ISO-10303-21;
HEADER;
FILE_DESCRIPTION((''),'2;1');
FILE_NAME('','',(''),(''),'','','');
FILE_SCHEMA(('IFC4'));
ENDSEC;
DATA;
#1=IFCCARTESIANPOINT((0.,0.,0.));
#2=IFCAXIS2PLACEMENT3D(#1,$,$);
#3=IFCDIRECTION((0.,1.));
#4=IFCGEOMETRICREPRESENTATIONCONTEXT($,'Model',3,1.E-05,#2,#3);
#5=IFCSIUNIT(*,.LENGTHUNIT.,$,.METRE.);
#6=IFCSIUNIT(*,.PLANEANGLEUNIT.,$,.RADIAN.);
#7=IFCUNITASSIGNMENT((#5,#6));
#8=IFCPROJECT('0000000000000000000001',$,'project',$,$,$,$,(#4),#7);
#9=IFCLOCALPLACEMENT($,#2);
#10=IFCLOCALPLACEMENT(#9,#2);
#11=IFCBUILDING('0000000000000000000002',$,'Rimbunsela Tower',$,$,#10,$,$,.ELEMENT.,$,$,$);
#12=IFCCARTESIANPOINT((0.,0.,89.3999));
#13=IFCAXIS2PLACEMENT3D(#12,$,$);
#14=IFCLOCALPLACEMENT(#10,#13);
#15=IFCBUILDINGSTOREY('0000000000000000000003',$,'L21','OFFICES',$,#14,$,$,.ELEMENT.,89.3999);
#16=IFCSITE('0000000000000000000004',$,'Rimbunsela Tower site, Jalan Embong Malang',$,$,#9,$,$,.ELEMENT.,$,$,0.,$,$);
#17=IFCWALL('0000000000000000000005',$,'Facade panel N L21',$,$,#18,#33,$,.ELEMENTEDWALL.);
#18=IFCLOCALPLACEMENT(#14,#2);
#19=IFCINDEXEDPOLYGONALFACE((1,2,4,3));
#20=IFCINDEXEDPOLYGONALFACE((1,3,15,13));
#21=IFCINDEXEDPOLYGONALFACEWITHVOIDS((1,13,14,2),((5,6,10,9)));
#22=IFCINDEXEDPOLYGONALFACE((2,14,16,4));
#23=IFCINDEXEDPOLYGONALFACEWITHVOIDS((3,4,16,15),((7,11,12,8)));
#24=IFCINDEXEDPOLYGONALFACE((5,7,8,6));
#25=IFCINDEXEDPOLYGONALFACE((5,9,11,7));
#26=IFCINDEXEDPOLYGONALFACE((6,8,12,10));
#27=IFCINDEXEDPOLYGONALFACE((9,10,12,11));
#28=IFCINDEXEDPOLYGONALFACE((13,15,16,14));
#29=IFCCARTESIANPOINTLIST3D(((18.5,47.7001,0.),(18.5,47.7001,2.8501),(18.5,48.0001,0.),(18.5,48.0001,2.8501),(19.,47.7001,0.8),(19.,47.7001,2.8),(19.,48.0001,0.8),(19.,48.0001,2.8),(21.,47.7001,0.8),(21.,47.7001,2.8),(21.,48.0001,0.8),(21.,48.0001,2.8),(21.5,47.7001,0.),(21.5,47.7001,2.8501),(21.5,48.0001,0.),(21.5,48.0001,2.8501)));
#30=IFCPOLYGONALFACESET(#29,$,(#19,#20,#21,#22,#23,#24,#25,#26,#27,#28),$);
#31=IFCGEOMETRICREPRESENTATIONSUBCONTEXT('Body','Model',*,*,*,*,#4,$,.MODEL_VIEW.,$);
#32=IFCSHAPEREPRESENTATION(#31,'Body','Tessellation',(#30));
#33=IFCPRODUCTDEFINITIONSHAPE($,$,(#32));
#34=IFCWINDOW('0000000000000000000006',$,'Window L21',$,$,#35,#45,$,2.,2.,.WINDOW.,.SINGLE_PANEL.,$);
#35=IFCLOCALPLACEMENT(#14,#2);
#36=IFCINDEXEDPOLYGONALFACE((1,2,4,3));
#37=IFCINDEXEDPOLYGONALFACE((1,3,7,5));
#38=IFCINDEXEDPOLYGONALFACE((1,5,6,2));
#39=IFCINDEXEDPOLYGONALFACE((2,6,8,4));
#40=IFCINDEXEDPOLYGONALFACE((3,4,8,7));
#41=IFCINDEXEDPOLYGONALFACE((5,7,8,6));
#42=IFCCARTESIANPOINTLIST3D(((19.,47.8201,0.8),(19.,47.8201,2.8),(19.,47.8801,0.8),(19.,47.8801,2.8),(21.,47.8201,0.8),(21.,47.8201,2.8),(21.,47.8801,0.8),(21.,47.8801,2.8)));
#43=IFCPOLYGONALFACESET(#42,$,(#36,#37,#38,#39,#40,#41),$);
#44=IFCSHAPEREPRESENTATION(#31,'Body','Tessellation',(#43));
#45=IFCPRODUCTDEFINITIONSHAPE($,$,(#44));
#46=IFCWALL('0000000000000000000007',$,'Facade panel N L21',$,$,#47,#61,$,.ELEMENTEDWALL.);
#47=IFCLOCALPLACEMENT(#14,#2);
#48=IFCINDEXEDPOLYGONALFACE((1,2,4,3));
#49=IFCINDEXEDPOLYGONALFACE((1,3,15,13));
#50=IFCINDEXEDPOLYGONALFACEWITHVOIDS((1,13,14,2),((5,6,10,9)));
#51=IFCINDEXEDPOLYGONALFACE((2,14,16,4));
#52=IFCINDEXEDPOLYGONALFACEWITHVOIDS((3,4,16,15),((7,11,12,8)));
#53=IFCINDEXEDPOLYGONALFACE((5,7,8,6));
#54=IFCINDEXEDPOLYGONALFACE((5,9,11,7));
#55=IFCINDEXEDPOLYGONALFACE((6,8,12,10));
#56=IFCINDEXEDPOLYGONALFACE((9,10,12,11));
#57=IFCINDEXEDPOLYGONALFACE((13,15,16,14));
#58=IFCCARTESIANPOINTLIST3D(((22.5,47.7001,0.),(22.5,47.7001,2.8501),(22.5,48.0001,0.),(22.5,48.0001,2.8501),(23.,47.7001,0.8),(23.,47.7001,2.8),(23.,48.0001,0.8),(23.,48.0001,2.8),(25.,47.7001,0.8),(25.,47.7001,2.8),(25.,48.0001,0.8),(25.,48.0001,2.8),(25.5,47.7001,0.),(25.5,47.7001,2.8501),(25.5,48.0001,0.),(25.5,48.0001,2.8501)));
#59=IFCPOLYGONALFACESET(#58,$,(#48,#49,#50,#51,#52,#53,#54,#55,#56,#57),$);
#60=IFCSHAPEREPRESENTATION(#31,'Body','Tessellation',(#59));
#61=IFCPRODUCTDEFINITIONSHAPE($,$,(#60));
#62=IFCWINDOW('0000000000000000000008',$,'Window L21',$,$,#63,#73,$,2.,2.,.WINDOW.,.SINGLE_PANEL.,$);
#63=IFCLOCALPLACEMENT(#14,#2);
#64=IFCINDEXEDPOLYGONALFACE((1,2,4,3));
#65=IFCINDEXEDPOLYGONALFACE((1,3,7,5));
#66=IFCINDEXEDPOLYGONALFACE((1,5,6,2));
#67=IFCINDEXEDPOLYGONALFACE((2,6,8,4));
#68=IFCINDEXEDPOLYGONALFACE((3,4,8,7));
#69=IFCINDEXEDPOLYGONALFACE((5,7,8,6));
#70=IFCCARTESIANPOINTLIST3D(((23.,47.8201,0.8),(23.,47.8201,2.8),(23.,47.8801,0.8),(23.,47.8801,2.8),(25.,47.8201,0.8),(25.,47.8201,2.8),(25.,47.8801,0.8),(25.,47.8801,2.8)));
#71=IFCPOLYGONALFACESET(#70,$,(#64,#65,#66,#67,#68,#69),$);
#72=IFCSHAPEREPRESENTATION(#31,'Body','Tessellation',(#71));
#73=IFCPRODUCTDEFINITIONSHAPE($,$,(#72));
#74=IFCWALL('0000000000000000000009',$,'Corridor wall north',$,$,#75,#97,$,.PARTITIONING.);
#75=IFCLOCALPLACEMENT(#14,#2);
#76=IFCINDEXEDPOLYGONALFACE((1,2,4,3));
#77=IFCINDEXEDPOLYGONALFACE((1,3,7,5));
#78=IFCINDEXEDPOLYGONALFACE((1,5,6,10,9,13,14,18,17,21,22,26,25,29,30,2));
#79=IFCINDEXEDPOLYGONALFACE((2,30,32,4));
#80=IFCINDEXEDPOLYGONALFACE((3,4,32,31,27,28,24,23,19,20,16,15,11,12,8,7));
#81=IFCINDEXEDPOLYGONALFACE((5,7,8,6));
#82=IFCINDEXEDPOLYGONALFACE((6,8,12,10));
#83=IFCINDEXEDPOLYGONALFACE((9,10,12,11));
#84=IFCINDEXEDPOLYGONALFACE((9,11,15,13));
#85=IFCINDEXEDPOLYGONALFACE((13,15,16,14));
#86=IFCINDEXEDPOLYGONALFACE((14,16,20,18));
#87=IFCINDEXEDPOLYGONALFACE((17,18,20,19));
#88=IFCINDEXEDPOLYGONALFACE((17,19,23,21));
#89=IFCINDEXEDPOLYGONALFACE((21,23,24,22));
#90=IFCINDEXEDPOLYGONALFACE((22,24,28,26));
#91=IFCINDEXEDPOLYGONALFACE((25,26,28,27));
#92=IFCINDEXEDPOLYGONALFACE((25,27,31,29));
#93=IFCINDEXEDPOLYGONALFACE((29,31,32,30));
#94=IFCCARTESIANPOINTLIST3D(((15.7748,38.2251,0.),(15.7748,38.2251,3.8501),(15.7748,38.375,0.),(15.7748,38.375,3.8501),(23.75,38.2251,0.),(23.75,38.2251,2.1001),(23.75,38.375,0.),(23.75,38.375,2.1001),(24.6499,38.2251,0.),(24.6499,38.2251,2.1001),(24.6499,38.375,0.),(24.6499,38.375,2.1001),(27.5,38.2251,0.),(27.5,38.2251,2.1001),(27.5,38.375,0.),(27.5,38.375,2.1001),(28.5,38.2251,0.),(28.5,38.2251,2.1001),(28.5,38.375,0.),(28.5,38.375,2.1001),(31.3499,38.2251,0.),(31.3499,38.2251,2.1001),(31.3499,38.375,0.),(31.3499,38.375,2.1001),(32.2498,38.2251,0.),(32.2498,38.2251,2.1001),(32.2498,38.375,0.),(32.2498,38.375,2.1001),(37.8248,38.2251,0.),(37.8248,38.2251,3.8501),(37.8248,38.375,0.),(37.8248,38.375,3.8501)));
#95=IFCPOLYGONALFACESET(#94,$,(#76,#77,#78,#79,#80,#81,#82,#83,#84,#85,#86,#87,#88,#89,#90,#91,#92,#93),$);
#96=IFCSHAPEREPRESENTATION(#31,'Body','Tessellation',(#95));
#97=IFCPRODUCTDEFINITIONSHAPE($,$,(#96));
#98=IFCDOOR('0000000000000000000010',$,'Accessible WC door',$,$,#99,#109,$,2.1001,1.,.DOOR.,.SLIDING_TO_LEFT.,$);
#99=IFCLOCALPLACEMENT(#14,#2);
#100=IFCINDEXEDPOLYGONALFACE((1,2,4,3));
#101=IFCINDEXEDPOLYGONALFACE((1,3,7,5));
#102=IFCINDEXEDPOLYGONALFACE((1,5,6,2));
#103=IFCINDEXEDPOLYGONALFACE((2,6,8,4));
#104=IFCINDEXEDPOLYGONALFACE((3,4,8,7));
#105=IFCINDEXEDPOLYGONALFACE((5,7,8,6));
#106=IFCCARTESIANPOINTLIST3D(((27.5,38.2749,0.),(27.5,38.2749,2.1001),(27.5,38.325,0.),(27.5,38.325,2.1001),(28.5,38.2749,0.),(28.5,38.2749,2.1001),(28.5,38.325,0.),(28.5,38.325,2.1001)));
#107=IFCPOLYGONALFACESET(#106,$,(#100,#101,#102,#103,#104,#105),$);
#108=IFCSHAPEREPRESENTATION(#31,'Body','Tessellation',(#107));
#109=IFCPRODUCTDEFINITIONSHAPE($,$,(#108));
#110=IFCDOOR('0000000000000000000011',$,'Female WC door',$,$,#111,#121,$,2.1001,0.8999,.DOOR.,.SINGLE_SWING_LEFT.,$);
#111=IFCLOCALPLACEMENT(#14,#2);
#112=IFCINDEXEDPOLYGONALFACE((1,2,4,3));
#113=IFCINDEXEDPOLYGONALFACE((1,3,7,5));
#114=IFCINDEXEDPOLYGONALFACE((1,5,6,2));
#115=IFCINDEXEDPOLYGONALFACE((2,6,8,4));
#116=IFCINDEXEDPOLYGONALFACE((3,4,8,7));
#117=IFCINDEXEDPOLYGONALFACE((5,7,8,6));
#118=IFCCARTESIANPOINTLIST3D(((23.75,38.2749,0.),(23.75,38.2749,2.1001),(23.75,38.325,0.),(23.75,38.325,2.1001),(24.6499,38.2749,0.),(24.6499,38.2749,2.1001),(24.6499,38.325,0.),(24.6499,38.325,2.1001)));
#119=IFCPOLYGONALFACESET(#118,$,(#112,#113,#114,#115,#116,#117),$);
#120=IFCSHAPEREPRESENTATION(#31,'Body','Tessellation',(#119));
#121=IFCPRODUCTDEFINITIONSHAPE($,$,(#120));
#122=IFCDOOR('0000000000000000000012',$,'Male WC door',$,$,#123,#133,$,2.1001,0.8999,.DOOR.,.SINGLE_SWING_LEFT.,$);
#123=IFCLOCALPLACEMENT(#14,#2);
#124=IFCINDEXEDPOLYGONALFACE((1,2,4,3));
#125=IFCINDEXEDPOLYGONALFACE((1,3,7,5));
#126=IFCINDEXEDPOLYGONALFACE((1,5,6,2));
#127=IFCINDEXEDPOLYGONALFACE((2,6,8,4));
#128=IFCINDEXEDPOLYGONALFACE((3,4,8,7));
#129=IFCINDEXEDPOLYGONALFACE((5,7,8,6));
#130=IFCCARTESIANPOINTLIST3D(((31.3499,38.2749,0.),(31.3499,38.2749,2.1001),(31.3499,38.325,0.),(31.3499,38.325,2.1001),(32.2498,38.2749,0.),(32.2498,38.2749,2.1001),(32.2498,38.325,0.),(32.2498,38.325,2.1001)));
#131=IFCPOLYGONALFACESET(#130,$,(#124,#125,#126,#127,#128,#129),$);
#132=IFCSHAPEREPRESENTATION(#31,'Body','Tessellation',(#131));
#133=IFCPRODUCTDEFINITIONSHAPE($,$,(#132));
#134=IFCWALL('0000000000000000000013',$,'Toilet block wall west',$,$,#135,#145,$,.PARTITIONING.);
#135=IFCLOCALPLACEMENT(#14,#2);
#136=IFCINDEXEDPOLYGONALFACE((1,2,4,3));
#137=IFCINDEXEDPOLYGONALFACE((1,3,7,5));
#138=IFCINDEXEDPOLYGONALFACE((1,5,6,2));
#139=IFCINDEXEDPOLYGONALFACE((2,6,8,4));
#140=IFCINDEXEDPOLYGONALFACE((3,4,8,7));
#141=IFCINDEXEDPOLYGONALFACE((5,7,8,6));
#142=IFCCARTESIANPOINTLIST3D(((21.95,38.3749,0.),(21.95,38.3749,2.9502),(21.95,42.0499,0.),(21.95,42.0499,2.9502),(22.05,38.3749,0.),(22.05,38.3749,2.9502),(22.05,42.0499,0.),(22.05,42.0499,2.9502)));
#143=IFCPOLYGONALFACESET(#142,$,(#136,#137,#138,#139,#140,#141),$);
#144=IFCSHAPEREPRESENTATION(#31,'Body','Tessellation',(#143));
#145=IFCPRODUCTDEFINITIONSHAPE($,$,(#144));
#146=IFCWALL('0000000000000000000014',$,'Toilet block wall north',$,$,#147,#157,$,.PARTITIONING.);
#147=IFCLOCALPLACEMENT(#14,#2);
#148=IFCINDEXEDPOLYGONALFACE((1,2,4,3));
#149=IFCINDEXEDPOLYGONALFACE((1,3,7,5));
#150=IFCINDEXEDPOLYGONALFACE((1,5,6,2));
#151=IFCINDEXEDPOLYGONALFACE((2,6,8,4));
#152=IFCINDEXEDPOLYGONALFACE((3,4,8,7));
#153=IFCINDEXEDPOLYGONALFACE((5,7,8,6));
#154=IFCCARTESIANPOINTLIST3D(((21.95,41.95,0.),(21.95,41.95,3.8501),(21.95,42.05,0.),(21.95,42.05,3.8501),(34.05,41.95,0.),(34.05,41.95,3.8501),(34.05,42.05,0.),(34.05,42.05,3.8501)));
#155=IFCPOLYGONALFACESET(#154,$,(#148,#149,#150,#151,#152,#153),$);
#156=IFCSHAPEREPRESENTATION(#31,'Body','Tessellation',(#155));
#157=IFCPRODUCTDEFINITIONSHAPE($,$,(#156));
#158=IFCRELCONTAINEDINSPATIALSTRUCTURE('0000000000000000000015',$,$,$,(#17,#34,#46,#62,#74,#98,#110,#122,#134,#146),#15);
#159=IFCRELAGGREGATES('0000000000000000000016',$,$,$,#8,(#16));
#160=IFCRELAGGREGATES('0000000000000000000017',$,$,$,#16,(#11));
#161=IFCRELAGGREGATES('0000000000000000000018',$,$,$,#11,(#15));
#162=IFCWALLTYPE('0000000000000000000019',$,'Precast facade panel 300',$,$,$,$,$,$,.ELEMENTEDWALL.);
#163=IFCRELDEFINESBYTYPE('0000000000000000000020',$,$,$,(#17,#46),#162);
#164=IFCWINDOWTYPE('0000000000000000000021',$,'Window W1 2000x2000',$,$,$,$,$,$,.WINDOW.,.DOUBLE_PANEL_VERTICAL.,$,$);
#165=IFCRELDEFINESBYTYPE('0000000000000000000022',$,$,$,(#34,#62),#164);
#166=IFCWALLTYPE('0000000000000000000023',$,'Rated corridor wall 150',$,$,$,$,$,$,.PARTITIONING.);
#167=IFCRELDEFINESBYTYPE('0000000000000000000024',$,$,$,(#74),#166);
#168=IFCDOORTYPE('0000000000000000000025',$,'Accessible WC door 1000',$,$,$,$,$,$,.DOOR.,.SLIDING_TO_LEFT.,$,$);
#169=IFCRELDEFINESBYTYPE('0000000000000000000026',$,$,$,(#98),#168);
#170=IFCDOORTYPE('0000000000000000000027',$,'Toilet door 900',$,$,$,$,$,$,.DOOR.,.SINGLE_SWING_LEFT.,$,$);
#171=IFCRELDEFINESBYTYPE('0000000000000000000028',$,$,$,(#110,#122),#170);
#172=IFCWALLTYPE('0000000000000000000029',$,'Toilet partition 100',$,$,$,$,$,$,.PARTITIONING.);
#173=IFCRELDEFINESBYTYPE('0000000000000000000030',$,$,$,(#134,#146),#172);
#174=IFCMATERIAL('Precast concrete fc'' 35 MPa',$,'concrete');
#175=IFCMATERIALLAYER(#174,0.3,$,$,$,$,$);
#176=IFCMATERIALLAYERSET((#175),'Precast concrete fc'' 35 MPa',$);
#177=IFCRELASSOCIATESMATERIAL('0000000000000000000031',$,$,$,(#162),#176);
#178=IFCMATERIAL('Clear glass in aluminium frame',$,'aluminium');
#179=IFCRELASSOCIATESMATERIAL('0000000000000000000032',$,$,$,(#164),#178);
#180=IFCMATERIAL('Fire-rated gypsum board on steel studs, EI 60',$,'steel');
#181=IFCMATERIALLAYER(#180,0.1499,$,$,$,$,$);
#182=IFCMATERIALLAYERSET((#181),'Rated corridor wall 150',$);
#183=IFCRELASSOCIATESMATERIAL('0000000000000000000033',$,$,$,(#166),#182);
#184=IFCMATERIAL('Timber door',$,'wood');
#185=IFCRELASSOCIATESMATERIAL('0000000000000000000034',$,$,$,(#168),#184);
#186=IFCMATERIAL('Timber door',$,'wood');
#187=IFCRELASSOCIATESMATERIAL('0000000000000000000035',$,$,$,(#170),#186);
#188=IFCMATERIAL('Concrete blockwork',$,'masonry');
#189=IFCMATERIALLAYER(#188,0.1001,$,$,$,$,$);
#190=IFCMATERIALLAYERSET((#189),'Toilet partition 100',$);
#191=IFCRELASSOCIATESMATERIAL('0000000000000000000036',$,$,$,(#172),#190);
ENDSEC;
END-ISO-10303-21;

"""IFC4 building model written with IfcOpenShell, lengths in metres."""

from ifc_helpers import new_model, si_unit, direction, frame, frame_2d, origin, place, context, subcontext, project, spatial, rectangle, extrude, material, layer, layer_set, type_object, element, fill, save


model = new_model("IFC4")

# Units and contexts
model_context = context("Model", 3, precision=1e-05, world=origin(), true_north=direction((0.0, 1.0)))
body_context = subcontext(model_context, "Body", "Model", "MODEL_VIEW")
ifc_project = project(units=[si_unit("LENGTHUNIT", "METRE"), si_unit("PLANEANGLEUNIT", "RADIAN")], contexts=[model_context])

# Site, building, storey
site_placement = place(None, origin())
site = spatial("IfcSite", under=ifc_project, at=site_placement, Name="Rimbunsela Tower site, Jalan Embong Malang", CompositionType="ELEMENT", RefElevation=0.0)
building_placement = place(site_placement, origin())
building = spatial("IfcBuilding", under=site, at=building_placement, Name="Rimbunsela Tower", CompositionType="ELEMENT")
storey_placement = place(building_placement, frame((0.0, 0.0, 89.3999)))
storey = spatial("IfcBuildingStorey", under=building, at=storey_placement, Name="L21", Description="OFFICES", CompositionType="ELEMENT", Elevation=89.3999)

# Walls, openings, windows
ifc_material_1 = material(Name="Precast concrete fc' 35 MPa", Category="concrete")
ifc_layer_1 = layer(ifc_material_1, 0.3)
ifc_layer_set_1 = layer_set([ifc_layer_1], Name="Precast concrete fc' 35 MPa")
wall_type_1 = type_object("IfcWallType", Name="Precast facade panel 300", PredefinedType="ELEMENTEDWALL", material=ifc_layer_set_1)
ifc_material_2 = material(Name="Clear glass in aluminium frame", Category="aluminium")
window_type = type_object("IfcWindowType", Name="Window W1 2000x2000", PartitioningType="DOUBLE_PANEL_VERTICAL", PredefinedType="WINDOW", material=ifc_material_2)
wall_1_placement = place(storey_placement, frame((21.5, 47.8501, 0.0), z_axis=(0.0, 0.0, 1.0), x_axis=(-1.0, 0.0, 0.0)))
wall_1 = element("IfcWall", 1, at=wall_1_placement, inside=storey, type_object=wall_type_1, Name="Facade panel N L21", PredefinedType="ELEMENTEDWALL", context=body_context, shape_type="SweptSolid", body=[
    extrude(rectangle(XDim=3.0, YDim=0.3, at=frame_2d((1.5, 0.0))), origin(), (0.0, 0.0, 1.0), 2.8501),
])
opening_1_placement = place(wall_1_placement, frame((0.5, 0.0, 0.8)))
opening_1 = element("IfcOpeningElement", 2, at=opening_1_placement, cuts=wall_1, PredefinedType="OPENING", context=body_context, shape_type="SweptSolid", body=[
    extrude(rectangle(XDim=2.0, YDim=2.0, at=frame_2d((1.0, 1.0))), frame((0.0, 0.1599, 0.0), z_axis=(0.0, -1.0, 0.0), x_axis=(1.0, 0.0, 0.0)), (0.0, 0.0, 1.0), 0.3201),
])
window_1_placement = place(opening_1_placement, origin())
window_1 = element("IfcWindow", 3, at=window_1_placement, inside=storey, type_object=window_type, Name="Window L21", OverallHeight=2.0, OverallWidth=2.0, PartitioningType="SINGLE_PANEL", PredefinedType="WINDOW", context=body_context, shape_type="SweptSolid", body=[
    extrude(rectangle(XDim=2.0, YDim=2.0, at=frame_2d((1.0, 1.0))), frame((0.0, 0.03, 0.0), z_axis=(0.0, -1.0, 0.0), x_axis=(1.0, 0.0, 0.0)), (0.0, 0.0, 1.0), 0.0601),
])
fill(opening_1, window_1)
wall_2_placement = place(storey_placement, frame((25.5, 47.8501, 0.0), z_axis=(0.0, 0.0, 1.0), x_axis=(-1.0, 0.0, 0.0)))
wall_2 = element("IfcWall", 4, at=wall_2_placement, inside=storey, type_object=wall_type_1, Name="Facade panel N L21", PredefinedType="ELEMENTEDWALL", context=body_context, shape_type="SweptSolid", body=[
    extrude(rectangle(XDim=3.0, YDim=0.3, at=frame_2d((1.5, 0.0))), origin(), (0.0, 0.0, 1.0), 2.8501),
])
opening_2_placement = place(wall_2_placement, frame((0.5, 0.0, 0.8)))
opening_2 = element("IfcOpeningElement", 5, at=opening_2_placement, cuts=wall_2, PredefinedType="OPENING", context=body_context, shape_type="SweptSolid", body=[
    extrude(rectangle(XDim=2.0, YDim=2.0, at=frame_2d((1.0, 1.0))), frame((0.0, 0.1599, 0.0), z_axis=(0.0, -1.0, 0.0), x_axis=(1.0, 0.0, 0.0)), (0.0, 0.0, 1.0), 0.3201),
])
window_2_placement = place(opening_2_placement, origin())
window_2 = element("IfcWindow", 6, at=window_2_placement, inside=storey, type_object=window_type, Name="Window L21", OverallHeight=2.0, OverallWidth=2.0, PartitioningType="SINGLE_PANEL", PredefinedType="WINDOW", context=body_context, shape_type="SweptSolid", body=[
    extrude(rectangle(XDim=2.0, YDim=2.0, at=frame_2d((1.0, 1.0))), frame((0.0, 0.03, 0.0), z_axis=(0.0, -1.0, 0.0), x_axis=(1.0, 0.0, 0.0)), (0.0, 0.0, 1.0), 0.0601),
])
fill(opening_2, window_2)

# Wall, openings, doors
ifc_material_3 = material(Name="Fire-rated gypsum board on steel studs, EI 60", Category="steel")
ifc_layer_2 = layer(ifc_material_3, 0.1499)
ifc_layer_set_2 = layer_set([ifc_layer_2], Name="Rated corridor wall 150")
wall_type_2 = type_object("IfcWallType", Name="Rated corridor wall 150", PredefinedType="PARTITIONING", material=ifc_layer_set_2)
wall_3_placement = place(storey_placement, frame((15.7749, 38.3, 0.0), z_axis=(0.0, 0.0, 1.0), x_axis=(1.0, 0.0, 0.0)))
wall_3 = element("IfcWall", 7, at=wall_3_placement, inside=storey, type_object=wall_type_2, Name="Corridor wall north", PredefinedType="PARTITIONING", context=body_context, shape_type="SweptSolid", body=[
    extrude(rectangle(XDim=22.05, YDim=0.1499, at=frame_2d((11.0249, 0.0))), origin(), (0.0, 0.0, 1.0), 3.8501),
])
opening_3_placement = place(wall_3_placement, frame((7.9751, 0.0, 0.0)))
opening_3 = element("IfcOpeningElement", 8, at=opening_3_placement, cuts=wall_3, PredefinedType="OPENING", context=body_context, shape_type="SweptSolid", body=[
    extrude(rectangle(XDim=0.8999, YDim=2.1001, at=frame_2d((0.45, 1.05))), frame((0.0, 0.085, 0.0), z_axis=(0.0, -1.0, 0.0), x_axis=(1.0, 0.0, 0.0)), (0.0, 0.0, 1.0), 0.1699),
])
opening_4_placement = place(wall_3_placement, frame((11.7251, 0.0, 0.0)))
opening_4 = element("IfcOpeningElement", 9, at=opening_4_placement, cuts=wall_3, PredefinedType="OPENING", context=body_context, shape_type="SweptSolid", body=[
    extrude(rectangle(XDim=1.0, YDim=2.1001, at=frame_2d((0.5, 1.05))), frame((0.0, 0.085, 0.0), z_axis=(0.0, -1.0, 0.0), x_axis=(1.0, 0.0, 0.0)), (0.0, 0.0, 1.0), 0.1699),
])
opening_5_placement = place(wall_3_placement, frame((15.575, 0.0, 0.0)))
opening_5 = element("IfcOpeningElement", 10, at=opening_5_placement, cuts=wall_3, PredefinedType="OPENING", context=body_context, shape_type="SweptSolid", body=[
    extrude(rectangle(XDim=0.8999, YDim=2.1001, at=frame_2d((0.45, 1.05))), frame((0.0, 0.085, 0.0), z_axis=(0.0, -1.0, 0.0), x_axis=(1.0, 0.0, 0.0)), (0.0, 0.0, 1.0), 0.1699),
])
ifc_material_4 = material(Name="Timber door", Category="wood")
door_type_1 = type_object("IfcDoorType", Name="Accessible WC door 1000", OperationType="SLIDING_TO_LEFT", PredefinedType="DOOR", material=ifc_material_4)
door_1_placement = place(opening_4_placement, origin())
door_1 = element("IfcDoor", 11, at=door_1_placement, inside=storey, type_object=door_type_1, Name="Accessible WC door", OperationType="SLIDING_TO_LEFT", OverallHeight=2.1001, OverallWidth=1.0, PredefinedType="DOOR", context=body_context, shape_type="SweptSolid", body=[
    extrude(rectangle(XDim=1.0, YDim=2.1001, at=frame_2d((0.5, 1.05))), frame((0.0, 0.0249, 0.0), z_axis=(0.0, -1.0, 0.0), x_axis=(1.0, 0.0, 0.0)), (0.0, 0.0, 1.0), 0.05),
])
fill(opening_4, door_1)
ifc_material_5 = material(Name="Timber door", Category="wood")
door_type_2 = type_object("IfcDoorType", Name="Toilet door 900", OperationType="SINGLE_SWING_LEFT", PredefinedType="DOOR", material=ifc_material_5)
door_2_placement = place(opening_3_placement, origin())
door_2 = element("IfcDoor", 12, at=door_2_placement, inside=storey, type_object=door_type_2, Name="Female WC door", OperationType="SINGLE_SWING_LEFT", OverallHeight=2.1001, OverallWidth=0.8999, PredefinedType="DOOR", context=body_context, shape_type="SweptSolid", body=[
    extrude(rectangle(XDim=0.8999, YDim=2.1001, at=frame_2d((0.45, 1.05))), frame((0.0, 0.0249, 0.0), z_axis=(0.0, -1.0, 0.0), x_axis=(1.0, 0.0, 0.0)), (0.0, 0.0, 1.0), 0.05),
])
fill(opening_3, door_2)
door_3_placement = place(opening_5_placement, origin())
door_3 = element("IfcDoor", 13, at=door_3_placement, inside=storey, type_object=door_type_2, Name="Male WC door", OperationType="SINGLE_SWING_LEFT", OverallHeight=2.1001, OverallWidth=0.8999, PredefinedType="DOOR", context=body_context, shape_type="SweptSolid", body=[
    extrude(rectangle(XDim=0.8999, YDim=2.1001, at=frame_2d((0.45, 1.05))), frame((0.0, 0.0249, 0.0), z_axis=(0.0, -1.0, 0.0), x_axis=(1.0, 0.0, 0.0)), (0.0, 0.0, 1.0), 0.05),
])
fill(opening_5, door_3)

# Walls
ifc_material_6 = material(Name="Concrete blockwork", Category="masonry")
ifc_layer_3 = layer(ifc_material_6, 0.1001)
ifc_layer_set_3 = layer_set([ifc_layer_3], Name="Toilet partition 100")
wall_type_3 = type_object("IfcWallType", Name="Toilet partition 100", PredefinedType="PARTITIONING", material=ifc_layer_set_3)
wall_4_placement = place(storey_placement, frame((22.0, 38.375, 0.0), z_axis=(0.0, 0.0, 1.0), x_axis=(0.0, 1.0, 0.0)))
element("IfcWall", 14, at=wall_4_placement, inside=storey, type_object=wall_type_3, Name="Toilet block wall west", PredefinedType="PARTITIONING", context=body_context, shape_type="SweptSolid", body=[
    extrude(rectangle(XDim=3.675, YDim=0.1001, at=frame_2d((1.8374, 0.0))), origin(), (0.0, 0.0, 1.0), 2.9502),
])
wall_5_placement = place(storey_placement, frame((21.95, 42.0, 0.0), z_axis=(0.0, 0.0, 1.0), x_axis=(1.0, 0.0, 0.0)))
element("IfcWall", 15, at=wall_5_placement, inside=storey, type_object=wall_type_3, Name="Toilet block wall north", PredefinedType="PARTITIONING", context=body_context, shape_type="SweptSolid", body=[
    extrude(rectangle(XDim=12.1001, YDim=0.1001, at=frame_2d((6.05, 0.0))), origin(), (0.0, 0.0, 1.0), 3.8501),
])

save(model, "model.ifc")
